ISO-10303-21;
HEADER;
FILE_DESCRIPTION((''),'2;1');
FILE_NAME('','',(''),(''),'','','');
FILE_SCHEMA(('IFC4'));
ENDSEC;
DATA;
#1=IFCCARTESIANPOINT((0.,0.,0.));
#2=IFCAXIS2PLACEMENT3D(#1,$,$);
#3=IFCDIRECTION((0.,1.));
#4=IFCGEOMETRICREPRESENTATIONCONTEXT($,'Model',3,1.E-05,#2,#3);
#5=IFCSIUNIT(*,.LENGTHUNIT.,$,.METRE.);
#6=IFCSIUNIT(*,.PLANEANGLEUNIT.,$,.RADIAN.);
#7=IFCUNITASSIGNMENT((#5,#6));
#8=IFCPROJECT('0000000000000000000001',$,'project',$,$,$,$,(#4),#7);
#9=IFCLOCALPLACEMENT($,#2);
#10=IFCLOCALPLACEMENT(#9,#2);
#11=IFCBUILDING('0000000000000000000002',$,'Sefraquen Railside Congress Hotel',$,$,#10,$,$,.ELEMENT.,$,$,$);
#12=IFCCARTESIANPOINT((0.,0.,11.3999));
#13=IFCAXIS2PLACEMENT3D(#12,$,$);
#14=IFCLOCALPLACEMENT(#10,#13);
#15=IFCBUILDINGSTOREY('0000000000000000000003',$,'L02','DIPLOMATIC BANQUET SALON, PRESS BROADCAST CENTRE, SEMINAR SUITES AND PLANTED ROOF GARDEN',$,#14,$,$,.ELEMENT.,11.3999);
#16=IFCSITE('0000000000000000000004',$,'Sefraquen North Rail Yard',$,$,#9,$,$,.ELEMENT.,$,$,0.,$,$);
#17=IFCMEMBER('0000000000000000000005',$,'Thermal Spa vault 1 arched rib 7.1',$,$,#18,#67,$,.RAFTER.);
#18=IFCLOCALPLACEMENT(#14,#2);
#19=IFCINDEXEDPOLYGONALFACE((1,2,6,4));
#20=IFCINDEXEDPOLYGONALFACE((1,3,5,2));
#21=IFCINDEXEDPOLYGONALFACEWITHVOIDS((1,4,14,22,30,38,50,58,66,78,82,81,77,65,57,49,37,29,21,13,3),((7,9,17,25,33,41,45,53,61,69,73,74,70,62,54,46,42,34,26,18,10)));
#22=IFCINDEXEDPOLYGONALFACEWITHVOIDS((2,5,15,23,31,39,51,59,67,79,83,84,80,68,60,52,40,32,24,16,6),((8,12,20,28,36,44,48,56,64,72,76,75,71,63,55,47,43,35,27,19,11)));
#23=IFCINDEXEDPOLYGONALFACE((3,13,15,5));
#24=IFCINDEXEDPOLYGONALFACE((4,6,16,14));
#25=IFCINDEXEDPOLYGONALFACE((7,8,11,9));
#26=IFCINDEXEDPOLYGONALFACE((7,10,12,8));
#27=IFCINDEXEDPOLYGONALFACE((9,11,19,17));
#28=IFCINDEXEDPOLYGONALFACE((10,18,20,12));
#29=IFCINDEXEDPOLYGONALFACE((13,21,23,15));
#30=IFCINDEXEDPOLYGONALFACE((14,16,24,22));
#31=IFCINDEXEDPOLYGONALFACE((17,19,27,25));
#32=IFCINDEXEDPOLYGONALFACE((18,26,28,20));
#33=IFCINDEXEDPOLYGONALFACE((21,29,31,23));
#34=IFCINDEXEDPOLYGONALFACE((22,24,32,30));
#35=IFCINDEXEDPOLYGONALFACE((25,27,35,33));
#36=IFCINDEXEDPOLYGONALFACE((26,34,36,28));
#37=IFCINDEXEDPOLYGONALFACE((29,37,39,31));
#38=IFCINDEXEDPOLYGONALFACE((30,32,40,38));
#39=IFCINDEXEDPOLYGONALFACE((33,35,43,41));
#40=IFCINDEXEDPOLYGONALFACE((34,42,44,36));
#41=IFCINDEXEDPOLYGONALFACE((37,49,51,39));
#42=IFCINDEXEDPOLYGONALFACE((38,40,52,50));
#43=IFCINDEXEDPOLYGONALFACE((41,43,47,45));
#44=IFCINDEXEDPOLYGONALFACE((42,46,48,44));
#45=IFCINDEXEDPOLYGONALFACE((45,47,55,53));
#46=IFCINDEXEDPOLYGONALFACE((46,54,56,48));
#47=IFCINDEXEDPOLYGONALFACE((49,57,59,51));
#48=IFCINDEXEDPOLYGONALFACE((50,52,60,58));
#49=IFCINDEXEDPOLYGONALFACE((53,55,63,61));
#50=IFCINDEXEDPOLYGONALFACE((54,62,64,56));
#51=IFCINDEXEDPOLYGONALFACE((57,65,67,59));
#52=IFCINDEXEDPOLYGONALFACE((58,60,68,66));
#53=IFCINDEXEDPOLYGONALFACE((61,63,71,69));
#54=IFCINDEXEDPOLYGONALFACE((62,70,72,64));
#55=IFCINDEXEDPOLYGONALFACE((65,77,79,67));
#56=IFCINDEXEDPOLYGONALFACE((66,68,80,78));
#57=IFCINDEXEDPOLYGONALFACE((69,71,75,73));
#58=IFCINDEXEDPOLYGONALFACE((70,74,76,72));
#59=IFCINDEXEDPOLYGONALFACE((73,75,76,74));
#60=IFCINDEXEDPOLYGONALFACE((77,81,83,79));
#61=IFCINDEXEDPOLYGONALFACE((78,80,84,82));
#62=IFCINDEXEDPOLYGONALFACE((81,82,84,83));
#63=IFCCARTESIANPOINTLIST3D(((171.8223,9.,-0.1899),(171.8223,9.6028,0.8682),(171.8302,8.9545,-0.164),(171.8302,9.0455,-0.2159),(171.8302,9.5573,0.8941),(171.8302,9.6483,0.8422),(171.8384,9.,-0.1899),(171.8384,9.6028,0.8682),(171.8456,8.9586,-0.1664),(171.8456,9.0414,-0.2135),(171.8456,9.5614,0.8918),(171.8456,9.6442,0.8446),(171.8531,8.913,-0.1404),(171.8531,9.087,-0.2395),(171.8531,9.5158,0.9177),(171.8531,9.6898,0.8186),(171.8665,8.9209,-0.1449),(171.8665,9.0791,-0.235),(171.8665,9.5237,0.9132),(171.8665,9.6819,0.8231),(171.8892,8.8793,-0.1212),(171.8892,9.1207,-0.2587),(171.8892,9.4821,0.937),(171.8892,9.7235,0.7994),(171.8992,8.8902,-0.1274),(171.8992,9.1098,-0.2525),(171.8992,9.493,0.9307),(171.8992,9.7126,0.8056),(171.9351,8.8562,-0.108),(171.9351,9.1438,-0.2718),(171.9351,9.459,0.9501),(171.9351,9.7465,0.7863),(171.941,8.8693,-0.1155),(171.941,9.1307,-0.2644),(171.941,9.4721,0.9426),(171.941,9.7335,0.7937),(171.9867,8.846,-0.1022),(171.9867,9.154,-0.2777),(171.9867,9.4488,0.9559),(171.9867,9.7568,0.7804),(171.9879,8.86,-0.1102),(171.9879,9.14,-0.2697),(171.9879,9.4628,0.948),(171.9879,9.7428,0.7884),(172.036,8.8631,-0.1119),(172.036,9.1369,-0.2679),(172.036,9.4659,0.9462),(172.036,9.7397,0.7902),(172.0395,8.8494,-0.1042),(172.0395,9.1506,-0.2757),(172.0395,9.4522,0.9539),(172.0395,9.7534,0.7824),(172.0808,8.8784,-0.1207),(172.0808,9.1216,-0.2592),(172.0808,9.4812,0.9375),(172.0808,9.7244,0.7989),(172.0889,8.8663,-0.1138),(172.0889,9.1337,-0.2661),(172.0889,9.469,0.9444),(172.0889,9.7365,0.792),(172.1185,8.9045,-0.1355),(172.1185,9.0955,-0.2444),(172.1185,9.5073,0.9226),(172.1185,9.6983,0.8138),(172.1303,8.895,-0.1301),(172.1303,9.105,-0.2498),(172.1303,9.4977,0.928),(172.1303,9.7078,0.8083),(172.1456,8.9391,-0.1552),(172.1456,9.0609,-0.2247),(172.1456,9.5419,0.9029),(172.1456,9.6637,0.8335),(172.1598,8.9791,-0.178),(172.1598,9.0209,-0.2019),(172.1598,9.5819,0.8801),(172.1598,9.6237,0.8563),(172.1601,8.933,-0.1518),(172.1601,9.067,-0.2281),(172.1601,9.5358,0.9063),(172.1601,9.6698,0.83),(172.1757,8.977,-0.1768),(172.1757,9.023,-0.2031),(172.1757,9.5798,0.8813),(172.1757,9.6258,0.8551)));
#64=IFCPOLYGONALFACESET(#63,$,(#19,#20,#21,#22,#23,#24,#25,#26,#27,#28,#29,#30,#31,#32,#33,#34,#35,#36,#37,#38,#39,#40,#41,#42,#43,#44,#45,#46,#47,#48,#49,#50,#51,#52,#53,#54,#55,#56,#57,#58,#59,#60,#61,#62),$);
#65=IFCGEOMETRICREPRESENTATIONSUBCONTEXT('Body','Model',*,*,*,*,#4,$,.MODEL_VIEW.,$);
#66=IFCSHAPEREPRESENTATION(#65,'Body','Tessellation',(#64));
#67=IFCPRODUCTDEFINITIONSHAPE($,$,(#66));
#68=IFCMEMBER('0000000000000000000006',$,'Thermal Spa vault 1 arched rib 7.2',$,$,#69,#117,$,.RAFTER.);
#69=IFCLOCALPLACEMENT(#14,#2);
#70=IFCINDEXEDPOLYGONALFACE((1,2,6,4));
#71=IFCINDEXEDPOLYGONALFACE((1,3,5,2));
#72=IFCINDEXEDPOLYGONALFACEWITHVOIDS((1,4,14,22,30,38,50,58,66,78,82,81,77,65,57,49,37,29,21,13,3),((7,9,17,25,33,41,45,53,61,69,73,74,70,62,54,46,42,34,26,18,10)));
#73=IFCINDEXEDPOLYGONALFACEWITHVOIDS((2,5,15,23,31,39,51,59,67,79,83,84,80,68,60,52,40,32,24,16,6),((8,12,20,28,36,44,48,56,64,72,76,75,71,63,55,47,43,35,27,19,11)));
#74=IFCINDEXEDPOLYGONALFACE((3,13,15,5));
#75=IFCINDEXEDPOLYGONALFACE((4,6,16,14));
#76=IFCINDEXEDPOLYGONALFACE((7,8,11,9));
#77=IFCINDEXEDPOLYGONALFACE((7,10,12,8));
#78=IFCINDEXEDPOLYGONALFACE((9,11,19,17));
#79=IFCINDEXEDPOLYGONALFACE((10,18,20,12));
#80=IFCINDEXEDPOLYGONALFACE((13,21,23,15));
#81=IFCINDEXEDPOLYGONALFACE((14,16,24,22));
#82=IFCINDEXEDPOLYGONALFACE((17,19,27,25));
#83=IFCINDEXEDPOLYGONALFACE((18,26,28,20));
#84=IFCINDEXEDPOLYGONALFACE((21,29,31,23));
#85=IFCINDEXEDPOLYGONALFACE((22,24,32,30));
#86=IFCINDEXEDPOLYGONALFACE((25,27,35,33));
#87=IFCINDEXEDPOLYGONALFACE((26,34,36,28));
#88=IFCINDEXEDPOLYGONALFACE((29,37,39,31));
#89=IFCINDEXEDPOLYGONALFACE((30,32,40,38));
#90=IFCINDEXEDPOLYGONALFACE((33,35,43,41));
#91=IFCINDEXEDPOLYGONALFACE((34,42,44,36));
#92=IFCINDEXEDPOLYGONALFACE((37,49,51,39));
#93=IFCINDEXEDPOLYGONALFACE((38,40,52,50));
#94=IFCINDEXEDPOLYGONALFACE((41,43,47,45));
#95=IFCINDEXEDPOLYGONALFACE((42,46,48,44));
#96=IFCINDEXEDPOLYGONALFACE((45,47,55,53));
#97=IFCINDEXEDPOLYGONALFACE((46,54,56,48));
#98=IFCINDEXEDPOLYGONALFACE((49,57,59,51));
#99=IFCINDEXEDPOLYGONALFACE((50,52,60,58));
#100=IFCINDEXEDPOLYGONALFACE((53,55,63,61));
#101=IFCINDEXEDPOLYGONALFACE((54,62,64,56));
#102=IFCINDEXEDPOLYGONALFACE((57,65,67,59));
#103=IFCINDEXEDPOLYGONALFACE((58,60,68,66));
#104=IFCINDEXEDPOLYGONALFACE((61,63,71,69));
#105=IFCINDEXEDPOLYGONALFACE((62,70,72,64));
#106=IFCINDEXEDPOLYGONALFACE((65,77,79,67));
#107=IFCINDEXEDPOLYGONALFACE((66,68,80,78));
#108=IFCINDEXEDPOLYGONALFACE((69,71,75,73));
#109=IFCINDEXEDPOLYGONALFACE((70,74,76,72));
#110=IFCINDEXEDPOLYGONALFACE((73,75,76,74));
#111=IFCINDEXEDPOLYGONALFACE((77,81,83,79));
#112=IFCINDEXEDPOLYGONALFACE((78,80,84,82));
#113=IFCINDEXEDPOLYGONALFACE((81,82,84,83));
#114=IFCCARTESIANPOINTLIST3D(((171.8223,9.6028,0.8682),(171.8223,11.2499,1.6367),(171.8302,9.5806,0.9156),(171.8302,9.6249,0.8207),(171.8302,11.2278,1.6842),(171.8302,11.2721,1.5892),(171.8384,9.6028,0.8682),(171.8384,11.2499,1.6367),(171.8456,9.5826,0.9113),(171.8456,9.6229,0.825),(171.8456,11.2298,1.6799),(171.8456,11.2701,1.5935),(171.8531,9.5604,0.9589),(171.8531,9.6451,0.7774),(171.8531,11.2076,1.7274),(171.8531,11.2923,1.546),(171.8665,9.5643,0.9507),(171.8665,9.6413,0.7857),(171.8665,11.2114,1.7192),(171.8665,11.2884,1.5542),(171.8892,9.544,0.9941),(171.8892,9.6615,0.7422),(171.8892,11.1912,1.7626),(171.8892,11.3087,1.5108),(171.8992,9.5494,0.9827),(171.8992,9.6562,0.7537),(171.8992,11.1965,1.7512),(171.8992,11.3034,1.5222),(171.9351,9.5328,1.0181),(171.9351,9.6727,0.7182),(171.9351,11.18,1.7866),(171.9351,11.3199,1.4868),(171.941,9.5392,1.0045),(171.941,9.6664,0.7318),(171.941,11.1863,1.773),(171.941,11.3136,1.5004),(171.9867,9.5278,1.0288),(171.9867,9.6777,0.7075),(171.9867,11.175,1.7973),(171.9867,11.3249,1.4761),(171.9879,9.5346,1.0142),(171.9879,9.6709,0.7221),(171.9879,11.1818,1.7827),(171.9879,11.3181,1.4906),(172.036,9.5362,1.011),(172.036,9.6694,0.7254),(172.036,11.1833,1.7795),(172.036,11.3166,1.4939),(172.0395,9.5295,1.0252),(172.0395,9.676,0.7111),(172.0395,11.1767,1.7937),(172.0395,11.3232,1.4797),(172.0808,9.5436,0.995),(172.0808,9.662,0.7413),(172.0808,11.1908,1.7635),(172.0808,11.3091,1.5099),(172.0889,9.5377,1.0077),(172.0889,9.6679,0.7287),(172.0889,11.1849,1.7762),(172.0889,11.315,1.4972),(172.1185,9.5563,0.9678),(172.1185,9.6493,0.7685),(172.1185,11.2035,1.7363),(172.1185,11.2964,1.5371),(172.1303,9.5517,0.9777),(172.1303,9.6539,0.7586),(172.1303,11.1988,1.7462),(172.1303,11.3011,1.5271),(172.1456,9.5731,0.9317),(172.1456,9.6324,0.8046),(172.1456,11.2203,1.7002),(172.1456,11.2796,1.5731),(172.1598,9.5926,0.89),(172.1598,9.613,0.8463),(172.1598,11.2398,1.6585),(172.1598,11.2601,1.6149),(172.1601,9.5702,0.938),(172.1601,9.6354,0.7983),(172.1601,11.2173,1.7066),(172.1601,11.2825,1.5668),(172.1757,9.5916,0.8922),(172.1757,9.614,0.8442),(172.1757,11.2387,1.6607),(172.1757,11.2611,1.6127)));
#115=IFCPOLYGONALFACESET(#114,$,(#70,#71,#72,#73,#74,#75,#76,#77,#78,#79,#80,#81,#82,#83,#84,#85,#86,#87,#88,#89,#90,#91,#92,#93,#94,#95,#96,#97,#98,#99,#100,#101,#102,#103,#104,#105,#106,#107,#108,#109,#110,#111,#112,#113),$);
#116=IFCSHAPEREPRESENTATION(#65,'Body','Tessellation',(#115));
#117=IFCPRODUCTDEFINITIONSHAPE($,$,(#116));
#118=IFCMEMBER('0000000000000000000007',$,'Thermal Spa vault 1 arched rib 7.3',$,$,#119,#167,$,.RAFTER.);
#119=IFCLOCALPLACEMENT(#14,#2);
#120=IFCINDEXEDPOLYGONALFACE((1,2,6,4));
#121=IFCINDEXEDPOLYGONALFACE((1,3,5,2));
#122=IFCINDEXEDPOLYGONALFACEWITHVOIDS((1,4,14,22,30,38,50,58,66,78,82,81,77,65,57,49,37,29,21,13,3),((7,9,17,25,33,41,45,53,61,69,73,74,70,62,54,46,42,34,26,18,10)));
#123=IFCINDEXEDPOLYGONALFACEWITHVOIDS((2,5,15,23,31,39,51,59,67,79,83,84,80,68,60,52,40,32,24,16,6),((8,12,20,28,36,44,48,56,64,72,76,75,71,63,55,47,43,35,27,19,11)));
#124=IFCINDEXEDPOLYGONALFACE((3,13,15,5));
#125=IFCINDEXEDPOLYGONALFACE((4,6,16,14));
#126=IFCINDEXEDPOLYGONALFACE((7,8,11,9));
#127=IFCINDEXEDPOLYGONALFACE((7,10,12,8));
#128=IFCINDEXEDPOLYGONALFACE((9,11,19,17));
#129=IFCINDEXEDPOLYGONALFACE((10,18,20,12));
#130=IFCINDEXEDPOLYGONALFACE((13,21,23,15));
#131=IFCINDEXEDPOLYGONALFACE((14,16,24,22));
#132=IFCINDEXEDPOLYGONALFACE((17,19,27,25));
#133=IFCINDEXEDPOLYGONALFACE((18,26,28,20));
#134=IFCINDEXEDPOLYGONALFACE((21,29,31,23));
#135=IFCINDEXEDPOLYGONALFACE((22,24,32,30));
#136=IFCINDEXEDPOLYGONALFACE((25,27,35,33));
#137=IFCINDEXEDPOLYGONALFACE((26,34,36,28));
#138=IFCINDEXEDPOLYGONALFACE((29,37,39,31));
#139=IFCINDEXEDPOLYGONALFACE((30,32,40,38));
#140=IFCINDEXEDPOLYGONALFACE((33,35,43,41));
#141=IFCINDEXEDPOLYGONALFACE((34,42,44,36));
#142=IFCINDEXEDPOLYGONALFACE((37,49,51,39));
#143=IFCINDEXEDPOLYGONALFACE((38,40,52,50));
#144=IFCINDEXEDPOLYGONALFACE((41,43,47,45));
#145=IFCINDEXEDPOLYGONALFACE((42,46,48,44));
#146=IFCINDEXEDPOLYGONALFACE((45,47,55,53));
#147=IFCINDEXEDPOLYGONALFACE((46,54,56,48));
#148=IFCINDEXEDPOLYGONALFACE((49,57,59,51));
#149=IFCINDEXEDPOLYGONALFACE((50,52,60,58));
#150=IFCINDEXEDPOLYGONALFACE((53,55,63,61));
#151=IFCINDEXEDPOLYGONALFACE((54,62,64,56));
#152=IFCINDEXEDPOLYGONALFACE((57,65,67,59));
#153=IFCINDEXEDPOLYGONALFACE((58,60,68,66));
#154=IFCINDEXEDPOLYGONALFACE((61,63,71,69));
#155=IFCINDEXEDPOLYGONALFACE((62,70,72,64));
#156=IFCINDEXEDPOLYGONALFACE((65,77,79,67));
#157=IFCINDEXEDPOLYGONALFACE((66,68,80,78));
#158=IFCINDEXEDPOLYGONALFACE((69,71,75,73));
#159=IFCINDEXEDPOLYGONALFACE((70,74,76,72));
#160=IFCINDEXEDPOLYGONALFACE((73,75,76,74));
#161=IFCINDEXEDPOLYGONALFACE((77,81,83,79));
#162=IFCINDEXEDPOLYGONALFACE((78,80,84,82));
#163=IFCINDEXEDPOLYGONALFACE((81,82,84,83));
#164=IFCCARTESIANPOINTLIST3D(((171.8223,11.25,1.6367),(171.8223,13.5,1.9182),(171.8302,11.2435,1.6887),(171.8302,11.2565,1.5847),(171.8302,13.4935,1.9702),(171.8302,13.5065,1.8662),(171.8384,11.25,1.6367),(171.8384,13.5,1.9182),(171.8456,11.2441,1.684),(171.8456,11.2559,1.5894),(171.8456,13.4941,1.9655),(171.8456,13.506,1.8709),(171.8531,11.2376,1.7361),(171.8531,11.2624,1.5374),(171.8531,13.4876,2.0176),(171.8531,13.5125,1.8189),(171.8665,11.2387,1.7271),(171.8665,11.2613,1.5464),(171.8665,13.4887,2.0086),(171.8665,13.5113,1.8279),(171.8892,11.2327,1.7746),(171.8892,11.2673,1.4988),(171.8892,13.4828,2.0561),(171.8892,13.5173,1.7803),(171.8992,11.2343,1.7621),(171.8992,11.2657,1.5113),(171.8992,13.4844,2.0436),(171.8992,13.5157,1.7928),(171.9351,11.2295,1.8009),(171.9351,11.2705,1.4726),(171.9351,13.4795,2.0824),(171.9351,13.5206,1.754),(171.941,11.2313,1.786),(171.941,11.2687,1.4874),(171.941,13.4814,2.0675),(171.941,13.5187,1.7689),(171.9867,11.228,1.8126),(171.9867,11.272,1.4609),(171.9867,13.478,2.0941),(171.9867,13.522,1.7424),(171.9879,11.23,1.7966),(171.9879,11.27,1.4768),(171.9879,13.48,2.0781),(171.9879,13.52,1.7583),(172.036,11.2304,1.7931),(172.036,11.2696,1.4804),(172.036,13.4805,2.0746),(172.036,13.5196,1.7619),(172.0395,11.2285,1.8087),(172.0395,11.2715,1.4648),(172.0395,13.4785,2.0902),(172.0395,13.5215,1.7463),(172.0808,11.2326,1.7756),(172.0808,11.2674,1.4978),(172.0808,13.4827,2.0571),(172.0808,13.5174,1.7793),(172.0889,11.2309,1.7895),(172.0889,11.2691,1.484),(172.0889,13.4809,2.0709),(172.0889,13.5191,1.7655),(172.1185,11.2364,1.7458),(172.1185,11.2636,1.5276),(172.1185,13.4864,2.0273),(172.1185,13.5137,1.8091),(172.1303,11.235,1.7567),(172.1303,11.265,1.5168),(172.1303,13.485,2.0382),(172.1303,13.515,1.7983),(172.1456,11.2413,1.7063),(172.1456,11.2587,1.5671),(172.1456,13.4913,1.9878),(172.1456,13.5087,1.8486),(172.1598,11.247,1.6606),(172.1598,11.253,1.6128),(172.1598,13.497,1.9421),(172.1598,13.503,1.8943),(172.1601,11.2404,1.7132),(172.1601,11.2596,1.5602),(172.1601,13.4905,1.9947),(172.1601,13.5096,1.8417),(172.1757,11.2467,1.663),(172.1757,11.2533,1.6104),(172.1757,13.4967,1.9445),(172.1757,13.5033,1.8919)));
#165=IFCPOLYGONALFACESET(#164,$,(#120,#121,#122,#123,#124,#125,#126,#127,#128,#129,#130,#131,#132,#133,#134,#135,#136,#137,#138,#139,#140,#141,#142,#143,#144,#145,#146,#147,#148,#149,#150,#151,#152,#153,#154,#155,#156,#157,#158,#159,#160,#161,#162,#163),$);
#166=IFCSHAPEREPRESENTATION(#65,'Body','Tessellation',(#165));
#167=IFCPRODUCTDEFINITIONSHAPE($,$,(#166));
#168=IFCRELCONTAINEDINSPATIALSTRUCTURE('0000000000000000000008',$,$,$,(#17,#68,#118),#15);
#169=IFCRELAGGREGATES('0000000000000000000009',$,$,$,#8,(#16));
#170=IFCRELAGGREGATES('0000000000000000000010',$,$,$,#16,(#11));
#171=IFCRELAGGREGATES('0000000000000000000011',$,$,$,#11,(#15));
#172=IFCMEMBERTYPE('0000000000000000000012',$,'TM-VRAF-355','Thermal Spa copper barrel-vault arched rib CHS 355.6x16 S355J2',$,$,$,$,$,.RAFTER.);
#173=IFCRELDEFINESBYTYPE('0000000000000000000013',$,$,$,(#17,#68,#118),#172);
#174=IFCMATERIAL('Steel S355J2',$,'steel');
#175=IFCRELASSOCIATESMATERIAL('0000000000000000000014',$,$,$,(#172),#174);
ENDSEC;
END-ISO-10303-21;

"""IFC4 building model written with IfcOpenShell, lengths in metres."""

from ifc_helpers import new_model, si_unit, direction, frame, origin, origin_2d, place, context, subcontext, project, spatial, hollow_circle, extrude, material, material_profile, profile_set, type_object, element, save


model = new_model("IFC4")

# Units and contexts
model_context = context("Model", 3, precision=1e-05, world=origin(), true_north=direction((0.0, 1.0)))
body_context = subcontext(model_context, "Body", "Model", "MODEL_VIEW")
ifc_project = project(units=[si_unit("LENGTHUNIT", "METRE"), si_unit("PLANEANGLEUNIT", "RADIAN")], contexts=[model_context])

# Site, building, storey
site_placement = place(None, origin())
site = spatial("IfcSite", under=ifc_project, at=site_placement, Name="Sefraquen North Rail Yard", CompositionType="ELEMENT", RefElevation=0.0)
building_placement = place(site_placement, origin())
building = spatial("IfcBuilding", under=site, at=building_placement, Name="Sefraquen Railside Congress Hotel", CompositionType="ELEMENT")
storey_placement = place(building_placement, frame((0.0, 0.0, 11.3999)))
storey = spatial("IfcBuildingStorey", under=building, at=storey_placement, Name="L02", Description="DIPLOMATIC BANQUET SALON, PRESS BROADCAST CENTRE, SEMINAR SUITES AND PLANTED ROOF GARDEN", CompositionType="ELEMENT", Elevation=11.3999)

# Members
ifc_material_1 = material(Name="Steel S355J2", Category="steel")
ifc_material_profile_1 = material_profile(ifc_material_1, hollow_circle(Radius=0.1777, WallThickness=0.0161, at=origin_2d()), Name="CHS 355.6x16")
ifc_profile_set_1 = profile_set([ifc_material_profile_1], Name="Steel S355J2")
member_type = type_object("IfcMemberType", Name="TM-VRAF-355", Description="Thermal Spa copper barrel-vault arched rib CHS 355.6x16 S355J2", PredefinedType="RAFTER", material=ifc_profile_set_1)
member_1_placement = place(storey_placement, frame((172.0, 9.0, -0.1899), z_axis=(0.0, 0.494994, 0.868896), x_axis=(-1.0, 0.0, 0.0)))
element("IfcMember", 1, at=member_1_placement, inside=storey, type_object=member_type, Name="Thermal Spa vault 1 arched rib 7.1", PredefinedType="RAFTER", context=body_context, shape_type="SweptSolid", body=[
    extrude(hollow_circle(Radius=0.1777, WallThickness=0.0161, at=origin_2d()), origin(), (0.0, 0.0, 1.0), 1.2178),
])
member_2_placement = place(storey_placement, frame((172.0, 9.6028, 0.8682), z_axis=(0.0, 0.906214, 0.422819), x_axis=(-1.0, 0.0, 0.0)))
element("IfcMember", 2, at=member_2_placement, inside=storey, type_object=member_type, Name="Thermal Spa vault 1 arched rib 7.2", PredefinedType="RAFTER", context=body_context, shape_type="SweptSolid", body=[
    extrude(hollow_circle(Radius=0.1777, WallThickness=0.0161, at=origin_2d()), origin(), (0.0, 0.0, 1.0), 1.8176),
])
for number, where, z_axis, x_axis, name in (
    (3, (172.0, 11.25, 1.6367), (0.0, 0.992265, 0.124141), (-1.0, 0.0, 0.0), "Thermal Spa vault 1 arched rib 7.3"),
):
    element("IfcMember", number, at=place(storey_placement, frame(where, z_axis=z_axis, x_axis=x_axis)), inside=storey, type_object=member_type, Name=name, PredefinedType="RAFTER", context=body_context, shape_type="SweptSolid", body=[
        extrude(hollow_circle(Radius=0.1777, WallThickness=0.0161, at=origin_2d()), origin(), (0.0, 0.0, 1.0), 2.2676),
    ])

save(model, "model.ifc")
